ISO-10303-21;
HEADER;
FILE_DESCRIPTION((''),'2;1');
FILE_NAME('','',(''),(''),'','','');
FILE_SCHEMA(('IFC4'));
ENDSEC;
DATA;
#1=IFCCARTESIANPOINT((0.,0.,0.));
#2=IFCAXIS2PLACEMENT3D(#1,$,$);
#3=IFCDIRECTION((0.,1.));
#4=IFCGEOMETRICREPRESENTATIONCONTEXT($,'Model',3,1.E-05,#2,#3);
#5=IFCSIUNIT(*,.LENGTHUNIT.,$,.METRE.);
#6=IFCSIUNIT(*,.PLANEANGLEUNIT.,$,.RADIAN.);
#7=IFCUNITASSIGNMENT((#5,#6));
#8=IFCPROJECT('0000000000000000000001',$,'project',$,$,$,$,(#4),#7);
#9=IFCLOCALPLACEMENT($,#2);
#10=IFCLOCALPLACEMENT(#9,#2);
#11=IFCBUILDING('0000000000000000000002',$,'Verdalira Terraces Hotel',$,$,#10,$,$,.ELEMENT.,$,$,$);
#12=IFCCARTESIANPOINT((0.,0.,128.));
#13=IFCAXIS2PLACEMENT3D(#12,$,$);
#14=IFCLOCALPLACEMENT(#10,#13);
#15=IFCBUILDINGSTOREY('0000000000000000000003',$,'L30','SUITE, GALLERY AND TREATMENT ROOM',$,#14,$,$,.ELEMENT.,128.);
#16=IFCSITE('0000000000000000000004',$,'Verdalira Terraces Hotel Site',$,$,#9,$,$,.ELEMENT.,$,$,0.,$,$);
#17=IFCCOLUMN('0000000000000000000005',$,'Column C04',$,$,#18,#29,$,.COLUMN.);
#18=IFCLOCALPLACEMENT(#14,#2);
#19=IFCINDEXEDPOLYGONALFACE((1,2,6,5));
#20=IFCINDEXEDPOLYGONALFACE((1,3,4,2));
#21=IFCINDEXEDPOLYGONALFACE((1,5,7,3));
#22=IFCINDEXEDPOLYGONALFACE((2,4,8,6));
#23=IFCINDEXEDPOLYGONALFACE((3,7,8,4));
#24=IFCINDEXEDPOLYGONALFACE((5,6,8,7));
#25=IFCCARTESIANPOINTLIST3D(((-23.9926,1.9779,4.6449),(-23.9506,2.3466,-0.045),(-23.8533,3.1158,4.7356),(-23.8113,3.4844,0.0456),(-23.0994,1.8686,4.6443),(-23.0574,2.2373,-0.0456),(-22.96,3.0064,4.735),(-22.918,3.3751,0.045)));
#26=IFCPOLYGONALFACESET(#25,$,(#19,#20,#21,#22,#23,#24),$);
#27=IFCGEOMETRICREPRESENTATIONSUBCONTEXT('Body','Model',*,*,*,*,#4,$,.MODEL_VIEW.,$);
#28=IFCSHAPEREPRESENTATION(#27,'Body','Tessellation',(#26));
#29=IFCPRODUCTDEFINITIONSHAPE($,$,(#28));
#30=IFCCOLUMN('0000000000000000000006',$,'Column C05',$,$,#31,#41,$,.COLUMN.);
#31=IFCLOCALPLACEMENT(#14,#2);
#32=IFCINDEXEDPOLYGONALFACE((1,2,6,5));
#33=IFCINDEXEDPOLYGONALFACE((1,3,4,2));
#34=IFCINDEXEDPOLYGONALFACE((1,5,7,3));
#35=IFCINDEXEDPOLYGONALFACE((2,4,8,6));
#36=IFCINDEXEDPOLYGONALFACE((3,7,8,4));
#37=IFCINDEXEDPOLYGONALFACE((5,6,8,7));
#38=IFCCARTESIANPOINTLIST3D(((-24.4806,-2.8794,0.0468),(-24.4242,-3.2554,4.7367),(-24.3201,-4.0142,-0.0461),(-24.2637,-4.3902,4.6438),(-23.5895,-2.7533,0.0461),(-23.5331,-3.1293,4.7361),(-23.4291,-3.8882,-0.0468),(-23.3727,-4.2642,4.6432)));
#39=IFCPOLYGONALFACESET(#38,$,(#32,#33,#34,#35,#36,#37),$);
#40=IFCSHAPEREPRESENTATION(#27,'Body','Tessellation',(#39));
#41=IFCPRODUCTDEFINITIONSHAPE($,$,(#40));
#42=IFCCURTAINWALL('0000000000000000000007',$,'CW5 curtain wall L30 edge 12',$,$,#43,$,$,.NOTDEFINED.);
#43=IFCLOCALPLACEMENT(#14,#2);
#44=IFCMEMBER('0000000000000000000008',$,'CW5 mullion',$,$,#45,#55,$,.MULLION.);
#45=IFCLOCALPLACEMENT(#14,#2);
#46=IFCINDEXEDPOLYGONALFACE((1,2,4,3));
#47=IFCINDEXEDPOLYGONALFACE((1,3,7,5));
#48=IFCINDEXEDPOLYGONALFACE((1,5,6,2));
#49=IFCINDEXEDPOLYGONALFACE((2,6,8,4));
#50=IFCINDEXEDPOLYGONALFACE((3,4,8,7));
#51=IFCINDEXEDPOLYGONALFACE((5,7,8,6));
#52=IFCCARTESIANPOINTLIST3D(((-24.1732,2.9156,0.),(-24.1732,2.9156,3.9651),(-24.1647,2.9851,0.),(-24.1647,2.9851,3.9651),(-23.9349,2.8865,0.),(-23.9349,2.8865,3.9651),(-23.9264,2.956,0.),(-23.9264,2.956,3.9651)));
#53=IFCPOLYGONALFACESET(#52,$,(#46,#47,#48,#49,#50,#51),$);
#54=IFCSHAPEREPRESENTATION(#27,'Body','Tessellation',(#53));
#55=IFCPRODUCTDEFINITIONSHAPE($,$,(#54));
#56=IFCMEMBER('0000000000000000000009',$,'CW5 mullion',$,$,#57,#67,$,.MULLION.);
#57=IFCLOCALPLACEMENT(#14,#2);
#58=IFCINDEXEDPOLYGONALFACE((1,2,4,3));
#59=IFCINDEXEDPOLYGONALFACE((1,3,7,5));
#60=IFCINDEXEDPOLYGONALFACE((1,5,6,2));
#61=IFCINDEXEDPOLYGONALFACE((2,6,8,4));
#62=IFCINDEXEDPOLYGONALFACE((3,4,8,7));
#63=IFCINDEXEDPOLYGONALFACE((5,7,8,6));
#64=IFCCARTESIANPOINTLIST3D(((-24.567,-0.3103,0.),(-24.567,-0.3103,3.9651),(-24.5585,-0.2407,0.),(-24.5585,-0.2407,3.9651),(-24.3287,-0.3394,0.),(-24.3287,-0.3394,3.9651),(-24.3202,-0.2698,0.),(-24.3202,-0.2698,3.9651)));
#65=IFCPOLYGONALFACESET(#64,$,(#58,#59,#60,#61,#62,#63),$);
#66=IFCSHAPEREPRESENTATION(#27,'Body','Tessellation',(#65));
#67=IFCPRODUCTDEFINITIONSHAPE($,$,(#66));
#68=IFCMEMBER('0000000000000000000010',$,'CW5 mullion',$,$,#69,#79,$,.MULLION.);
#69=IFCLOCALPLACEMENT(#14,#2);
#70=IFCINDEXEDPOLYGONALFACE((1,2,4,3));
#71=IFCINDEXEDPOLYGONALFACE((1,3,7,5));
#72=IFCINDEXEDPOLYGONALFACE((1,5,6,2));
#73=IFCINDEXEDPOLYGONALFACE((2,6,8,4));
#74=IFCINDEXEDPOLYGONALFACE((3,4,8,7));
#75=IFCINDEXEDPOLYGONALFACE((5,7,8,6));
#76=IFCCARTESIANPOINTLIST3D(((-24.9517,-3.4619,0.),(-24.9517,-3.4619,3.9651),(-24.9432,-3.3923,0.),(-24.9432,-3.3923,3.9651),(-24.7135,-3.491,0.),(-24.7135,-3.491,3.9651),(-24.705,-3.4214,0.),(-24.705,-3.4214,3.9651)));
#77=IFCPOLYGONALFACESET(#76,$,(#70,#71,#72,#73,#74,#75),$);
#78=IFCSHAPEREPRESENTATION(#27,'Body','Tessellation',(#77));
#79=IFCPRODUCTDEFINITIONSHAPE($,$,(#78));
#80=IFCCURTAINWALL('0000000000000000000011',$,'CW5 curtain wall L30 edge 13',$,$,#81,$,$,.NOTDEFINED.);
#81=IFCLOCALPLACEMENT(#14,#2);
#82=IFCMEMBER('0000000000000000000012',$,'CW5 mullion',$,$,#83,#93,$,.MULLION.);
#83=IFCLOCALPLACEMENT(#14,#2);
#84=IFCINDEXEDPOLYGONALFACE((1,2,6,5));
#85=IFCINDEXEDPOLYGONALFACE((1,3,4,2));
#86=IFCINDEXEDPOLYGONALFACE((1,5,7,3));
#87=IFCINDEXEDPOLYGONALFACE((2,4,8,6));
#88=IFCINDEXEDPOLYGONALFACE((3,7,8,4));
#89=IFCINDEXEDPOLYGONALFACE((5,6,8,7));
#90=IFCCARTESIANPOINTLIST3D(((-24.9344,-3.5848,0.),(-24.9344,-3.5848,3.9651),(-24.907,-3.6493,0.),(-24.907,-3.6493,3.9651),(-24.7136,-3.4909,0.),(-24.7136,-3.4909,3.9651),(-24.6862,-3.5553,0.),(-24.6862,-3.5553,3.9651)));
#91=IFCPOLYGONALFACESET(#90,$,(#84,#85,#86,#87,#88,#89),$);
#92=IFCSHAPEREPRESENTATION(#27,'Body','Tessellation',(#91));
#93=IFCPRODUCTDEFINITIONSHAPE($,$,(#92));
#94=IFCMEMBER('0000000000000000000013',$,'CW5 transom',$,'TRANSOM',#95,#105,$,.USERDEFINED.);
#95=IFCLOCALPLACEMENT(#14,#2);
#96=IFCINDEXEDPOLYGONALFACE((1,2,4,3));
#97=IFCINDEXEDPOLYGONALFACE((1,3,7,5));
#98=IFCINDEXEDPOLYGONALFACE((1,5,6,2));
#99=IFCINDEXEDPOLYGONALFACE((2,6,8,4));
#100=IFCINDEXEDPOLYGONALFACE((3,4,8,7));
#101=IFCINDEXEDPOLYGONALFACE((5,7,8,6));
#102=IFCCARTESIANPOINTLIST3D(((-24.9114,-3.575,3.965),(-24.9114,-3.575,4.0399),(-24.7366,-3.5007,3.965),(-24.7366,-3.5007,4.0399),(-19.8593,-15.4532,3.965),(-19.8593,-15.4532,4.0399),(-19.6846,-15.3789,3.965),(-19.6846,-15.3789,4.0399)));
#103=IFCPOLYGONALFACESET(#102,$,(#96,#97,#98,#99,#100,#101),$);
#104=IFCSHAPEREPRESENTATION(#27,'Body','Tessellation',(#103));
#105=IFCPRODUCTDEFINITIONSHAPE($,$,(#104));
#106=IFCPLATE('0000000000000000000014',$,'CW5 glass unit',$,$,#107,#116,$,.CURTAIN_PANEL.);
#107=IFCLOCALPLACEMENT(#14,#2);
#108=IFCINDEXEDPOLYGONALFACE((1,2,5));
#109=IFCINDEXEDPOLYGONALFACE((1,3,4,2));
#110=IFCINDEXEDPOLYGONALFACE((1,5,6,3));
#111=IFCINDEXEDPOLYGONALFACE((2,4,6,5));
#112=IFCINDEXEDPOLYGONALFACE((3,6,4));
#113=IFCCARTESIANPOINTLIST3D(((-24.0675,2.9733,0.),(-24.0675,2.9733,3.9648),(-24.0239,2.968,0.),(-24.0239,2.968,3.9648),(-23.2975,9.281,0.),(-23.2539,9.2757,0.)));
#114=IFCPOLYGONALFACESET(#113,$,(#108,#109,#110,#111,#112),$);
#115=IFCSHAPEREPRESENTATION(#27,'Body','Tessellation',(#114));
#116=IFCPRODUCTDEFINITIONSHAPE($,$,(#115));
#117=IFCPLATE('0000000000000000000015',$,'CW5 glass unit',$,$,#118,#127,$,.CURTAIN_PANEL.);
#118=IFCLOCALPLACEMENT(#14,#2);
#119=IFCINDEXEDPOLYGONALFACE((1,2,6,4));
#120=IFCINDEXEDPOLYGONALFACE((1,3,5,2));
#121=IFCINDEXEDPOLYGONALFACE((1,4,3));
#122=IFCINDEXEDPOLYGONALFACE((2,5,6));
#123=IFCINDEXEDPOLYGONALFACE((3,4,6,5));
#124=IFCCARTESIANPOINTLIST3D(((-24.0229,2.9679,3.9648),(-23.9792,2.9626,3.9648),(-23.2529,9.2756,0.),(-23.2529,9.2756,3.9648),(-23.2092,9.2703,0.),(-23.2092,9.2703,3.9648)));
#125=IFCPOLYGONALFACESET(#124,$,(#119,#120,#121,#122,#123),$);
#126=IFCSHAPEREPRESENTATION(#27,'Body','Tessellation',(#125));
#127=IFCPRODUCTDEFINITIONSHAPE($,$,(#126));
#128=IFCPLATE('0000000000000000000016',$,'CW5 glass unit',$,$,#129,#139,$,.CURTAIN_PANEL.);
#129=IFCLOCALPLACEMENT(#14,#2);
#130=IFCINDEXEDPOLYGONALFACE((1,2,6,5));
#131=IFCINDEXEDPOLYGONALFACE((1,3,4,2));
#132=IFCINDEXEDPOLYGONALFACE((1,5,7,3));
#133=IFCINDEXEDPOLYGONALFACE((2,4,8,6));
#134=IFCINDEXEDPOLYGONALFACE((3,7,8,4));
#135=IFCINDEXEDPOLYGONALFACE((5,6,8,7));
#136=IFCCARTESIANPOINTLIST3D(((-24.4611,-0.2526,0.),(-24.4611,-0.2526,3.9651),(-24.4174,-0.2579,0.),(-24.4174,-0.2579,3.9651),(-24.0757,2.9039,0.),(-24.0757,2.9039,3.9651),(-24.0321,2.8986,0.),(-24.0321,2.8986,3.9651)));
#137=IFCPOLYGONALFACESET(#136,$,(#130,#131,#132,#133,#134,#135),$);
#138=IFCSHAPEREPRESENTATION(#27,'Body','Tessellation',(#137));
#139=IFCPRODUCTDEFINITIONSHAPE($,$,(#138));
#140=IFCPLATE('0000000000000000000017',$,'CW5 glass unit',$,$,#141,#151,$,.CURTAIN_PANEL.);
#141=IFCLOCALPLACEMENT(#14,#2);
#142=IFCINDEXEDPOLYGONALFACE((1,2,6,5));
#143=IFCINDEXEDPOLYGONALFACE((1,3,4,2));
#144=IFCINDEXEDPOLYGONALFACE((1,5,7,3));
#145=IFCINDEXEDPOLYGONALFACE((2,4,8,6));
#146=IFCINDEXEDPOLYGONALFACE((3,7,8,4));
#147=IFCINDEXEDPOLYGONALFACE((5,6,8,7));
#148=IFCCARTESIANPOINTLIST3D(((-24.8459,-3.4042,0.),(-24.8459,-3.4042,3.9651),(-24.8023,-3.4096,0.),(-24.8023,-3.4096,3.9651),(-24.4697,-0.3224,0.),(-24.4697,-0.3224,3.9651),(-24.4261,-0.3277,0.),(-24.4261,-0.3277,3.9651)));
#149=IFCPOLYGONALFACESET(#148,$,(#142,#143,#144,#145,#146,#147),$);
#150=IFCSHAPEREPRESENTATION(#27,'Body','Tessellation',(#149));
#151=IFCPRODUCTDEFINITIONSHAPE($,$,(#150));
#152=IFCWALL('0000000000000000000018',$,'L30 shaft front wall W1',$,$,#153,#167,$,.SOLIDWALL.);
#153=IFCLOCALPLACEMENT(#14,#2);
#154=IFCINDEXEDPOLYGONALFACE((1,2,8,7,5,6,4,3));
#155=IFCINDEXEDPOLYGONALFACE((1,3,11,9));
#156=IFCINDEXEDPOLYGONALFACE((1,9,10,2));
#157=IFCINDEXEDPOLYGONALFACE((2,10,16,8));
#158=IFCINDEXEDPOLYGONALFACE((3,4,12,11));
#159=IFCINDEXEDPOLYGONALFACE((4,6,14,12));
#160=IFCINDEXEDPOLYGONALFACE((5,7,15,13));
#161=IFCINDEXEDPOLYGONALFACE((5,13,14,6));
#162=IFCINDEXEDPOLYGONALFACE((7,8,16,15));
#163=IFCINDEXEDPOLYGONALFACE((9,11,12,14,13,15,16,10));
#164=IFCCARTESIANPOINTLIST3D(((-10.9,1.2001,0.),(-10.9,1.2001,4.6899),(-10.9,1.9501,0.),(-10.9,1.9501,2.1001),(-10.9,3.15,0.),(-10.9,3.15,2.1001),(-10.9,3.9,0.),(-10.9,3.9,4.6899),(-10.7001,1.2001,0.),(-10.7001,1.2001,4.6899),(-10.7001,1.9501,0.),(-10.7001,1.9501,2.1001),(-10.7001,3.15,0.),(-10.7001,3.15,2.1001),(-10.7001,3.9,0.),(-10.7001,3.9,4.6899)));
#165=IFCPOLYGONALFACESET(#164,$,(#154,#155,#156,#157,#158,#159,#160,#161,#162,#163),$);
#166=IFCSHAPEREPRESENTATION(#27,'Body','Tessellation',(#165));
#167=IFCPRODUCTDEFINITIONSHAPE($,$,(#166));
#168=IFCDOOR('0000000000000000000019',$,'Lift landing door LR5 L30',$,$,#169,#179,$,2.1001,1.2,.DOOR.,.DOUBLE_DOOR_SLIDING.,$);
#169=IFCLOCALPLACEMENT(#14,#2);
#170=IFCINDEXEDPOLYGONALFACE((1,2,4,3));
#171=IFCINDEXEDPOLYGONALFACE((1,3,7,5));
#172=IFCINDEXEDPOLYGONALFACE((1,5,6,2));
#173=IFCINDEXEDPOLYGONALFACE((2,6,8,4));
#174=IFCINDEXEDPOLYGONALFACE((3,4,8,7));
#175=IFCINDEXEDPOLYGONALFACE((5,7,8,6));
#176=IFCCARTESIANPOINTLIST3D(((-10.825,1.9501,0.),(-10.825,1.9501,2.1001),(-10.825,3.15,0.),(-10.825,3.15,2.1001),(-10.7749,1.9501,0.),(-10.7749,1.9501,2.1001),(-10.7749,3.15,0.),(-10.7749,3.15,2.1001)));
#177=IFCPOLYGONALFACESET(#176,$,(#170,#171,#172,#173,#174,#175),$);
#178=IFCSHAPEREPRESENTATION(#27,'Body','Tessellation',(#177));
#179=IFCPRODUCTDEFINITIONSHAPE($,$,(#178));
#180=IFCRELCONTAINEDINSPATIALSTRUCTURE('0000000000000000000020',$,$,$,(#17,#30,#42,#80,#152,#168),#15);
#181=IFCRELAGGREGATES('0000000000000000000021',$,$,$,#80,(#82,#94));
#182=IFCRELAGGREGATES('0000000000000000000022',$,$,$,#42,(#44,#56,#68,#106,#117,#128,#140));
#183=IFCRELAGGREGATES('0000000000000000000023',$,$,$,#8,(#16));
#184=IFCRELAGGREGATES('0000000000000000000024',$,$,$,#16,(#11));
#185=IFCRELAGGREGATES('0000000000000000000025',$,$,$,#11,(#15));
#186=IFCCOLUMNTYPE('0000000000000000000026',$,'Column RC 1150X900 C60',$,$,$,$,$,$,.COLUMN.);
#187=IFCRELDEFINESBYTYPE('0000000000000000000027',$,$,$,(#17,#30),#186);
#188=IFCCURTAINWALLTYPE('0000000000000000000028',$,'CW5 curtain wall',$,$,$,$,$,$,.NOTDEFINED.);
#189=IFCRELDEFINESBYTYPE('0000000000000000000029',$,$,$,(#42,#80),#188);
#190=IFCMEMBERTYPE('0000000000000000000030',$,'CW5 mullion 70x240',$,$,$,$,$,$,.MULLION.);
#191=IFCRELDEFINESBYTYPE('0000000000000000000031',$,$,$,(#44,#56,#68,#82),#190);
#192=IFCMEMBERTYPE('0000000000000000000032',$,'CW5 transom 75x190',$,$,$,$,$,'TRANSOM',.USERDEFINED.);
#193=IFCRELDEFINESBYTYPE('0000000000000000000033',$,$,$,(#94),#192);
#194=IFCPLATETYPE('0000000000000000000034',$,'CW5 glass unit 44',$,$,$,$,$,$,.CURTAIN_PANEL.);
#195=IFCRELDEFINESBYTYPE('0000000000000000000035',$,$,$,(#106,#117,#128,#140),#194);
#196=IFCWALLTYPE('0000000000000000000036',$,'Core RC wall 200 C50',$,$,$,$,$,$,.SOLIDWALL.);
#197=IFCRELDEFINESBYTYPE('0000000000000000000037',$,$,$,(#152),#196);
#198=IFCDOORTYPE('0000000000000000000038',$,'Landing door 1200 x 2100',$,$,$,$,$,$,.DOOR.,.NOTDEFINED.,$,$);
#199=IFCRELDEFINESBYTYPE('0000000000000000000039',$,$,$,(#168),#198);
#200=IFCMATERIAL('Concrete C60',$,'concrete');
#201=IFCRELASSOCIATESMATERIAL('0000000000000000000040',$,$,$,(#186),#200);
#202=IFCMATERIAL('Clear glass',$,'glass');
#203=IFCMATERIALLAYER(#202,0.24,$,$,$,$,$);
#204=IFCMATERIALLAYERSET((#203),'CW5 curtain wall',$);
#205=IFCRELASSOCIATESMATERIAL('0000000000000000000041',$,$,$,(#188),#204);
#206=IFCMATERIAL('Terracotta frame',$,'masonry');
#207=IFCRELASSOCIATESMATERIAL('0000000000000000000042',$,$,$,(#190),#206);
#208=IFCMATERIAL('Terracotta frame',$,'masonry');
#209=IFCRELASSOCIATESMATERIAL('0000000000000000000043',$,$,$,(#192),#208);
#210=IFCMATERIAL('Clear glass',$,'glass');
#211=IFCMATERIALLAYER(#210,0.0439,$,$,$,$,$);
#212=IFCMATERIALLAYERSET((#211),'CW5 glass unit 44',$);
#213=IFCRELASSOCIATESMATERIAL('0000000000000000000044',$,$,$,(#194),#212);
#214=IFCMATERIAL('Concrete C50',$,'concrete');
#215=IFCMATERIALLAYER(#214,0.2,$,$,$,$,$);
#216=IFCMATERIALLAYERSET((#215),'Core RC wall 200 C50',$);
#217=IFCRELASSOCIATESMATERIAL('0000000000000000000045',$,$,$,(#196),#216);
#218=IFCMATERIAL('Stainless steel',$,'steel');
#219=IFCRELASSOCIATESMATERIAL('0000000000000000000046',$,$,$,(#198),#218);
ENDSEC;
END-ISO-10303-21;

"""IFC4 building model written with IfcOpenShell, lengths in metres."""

from ifc_helpers import new_model, si_unit, direction, frame, frame_2d, origin, origin_2d, place, context, subcontext, project, spatial, polyline, rectangle, outline, extrude, material, layer, layer_set, material_profile, profile_set, type_object, element, fill, aggregate, save


model = new_model("IFC4")

# Units and contexts
model_context = context("Model", 3, precision=1e-05, world=origin(), true_north=direction((0.0, 1.0)))
body_context = subcontext(model_context, "Body", "Model", "MODEL_VIEW")
ifc_project = project(units=[si_unit("LENGTHUNIT", "METRE"), si_unit("PLANEANGLEUNIT", "RADIAN")], contexts=[model_context])

# Site, building, storey
site_placement = place(None, origin())
site = spatial("IfcSite", under=ifc_project, at=site_placement, Name="Verdalira Terraces Hotel Site", CompositionType="ELEMENT", RefElevation=0.0)
building_placement = place(site_placement, origin())
building = spatial("IfcBuilding", under=site, at=building_placement, Name="Verdalira Terraces Hotel", CompositionType="ELEMENT")
storey_placement = place(building_placement, frame((0.0, 0.0, 128.0)))
storey = spatial("IfcBuildingStorey", under=building, at=storey_placement, Name="L30", Description="SUITE, GALLERY AND TREATMENT ROOM", CompositionType="ELEMENT", Elevation=128.0)

# Columns
ifc_material_1 = material(Name="Concrete C60", Category="concrete")
ifc_material_profile_1 = material_profile(ifc_material_1, rectangle(XDim=1.1499, YDim=0.8999, at=origin_2d()), Name="RC 1150X900")
ifc_profile_set_1 = profile_set([ifc_material_profile_1], Name="Concrete C60")
column_type = type_object("IfcColumnType", Name="Column RC 1150X900 C60", PredefinedType="COLUMN", material=ifc_profile_set_1)
column_1_placement = place(storey_placement, frame((-23.4343, 2.8608, 0.0), z_axis=(-0.008926, -0.07836, 0.996885), x_axis=(-0.121169, -0.989494, -0.078864)))
element("IfcColumn", 1, at=column_1_placement, inside=storey, type_object=column_type, Name="Column C04", PredefinedType="COLUMN", context=body_context, shape_type="SweptSolid", body=[
    extrude(rectangle(XDim=1.1499, YDim=0.8999, at=origin_2d()), origin(), (0.0, 0.0, 1.0), 4.7046),
])
column_2_placement = place(storey_placement, frame((-23.9548, -3.3838, 0.0), z_axis=(0.011986, -0.079904, 0.99673), x_axis=(-0.139538, 0.986915, 0.080796)))
element("IfcColumn", 2, at=column_2_placement, inside=storey, type_object=column_type, Name="Column C05", PredefinedType="COLUMN", context=body_context, shape_type="SweptSolid", body=[
    extrude(rectangle(XDim=1.1499, YDim=0.8999, at=origin_2d()), origin(), (0.0, 0.0, 1.0), 4.7053),
])

# Curtain walls, members
ifc_material_2 = material(Name="Clear glass", Category="glass")
ifc_layer_1 = layer(ifc_material_2, 0.24)
ifc_layer_set_1 = layer_set([ifc_layer_1], Name="CW5 curtain wall")
curtain_wall_type = type_object("IfcCurtainWallType", Name="CW5 curtain wall", PredefinedType="NOTDEFINED", material=ifc_layer_set_1)
curtain_wall_1_placement = place(storey_placement, origin())
curtain_wall_1 = element("IfcCurtainWall", 3, at=curtain_wall_1_placement, inside=storey, type_object=curtain_wall_type, Name="CW5 curtain wall L30 edge 12", PredefinedType="NOTDEFINED")
ifc_material_3 = material(Name="Terracotta frame", Category="masonry")
ifc_material_profile_2 = material_profile(ifc_material_3, rectangle(XDim=0.0701, YDim=0.24, at=origin_2d()), Name="MU 70x240")
ifc_profile_set_2 = profile_set([ifc_material_profile_2], Name="Terracotta frame")
member_type_1 = type_object("IfcMemberType", Name="CW5 mullion 70x240", PredefinedType="MULLION", material=ifc_profile_set_2)
member_1_placement = place(storey_placement, frame((-24.0498, 2.9358, 0.0), z_axis=(0.0, 0.0, 1.0), x_axis=(-0.121176, -0.992631, 0.0)))
member_1 = element("IfcMember", 4, at=member_1_placement, type_object=member_type_1, Name="CW5 mullion", PredefinedType="MULLION", context=body_context, shape_type="SweptSolid", body=[
    extrude(rectangle(XDim=0.0701, YDim=0.24, at=origin_2d()), origin(), (0.0, 0.0, 1.0), 3.9651),
])
member_2_placement = place(storey_placement, frame((-24.4436, -0.29, 0.0), z_axis=(0.0, 0.0, 1.0), x_axis=(-0.121176, -0.992631, 0.0)))
member_2 = element("IfcMember", 5, at=member_2_placement, type_object=member_type_1, Name="CW5 mullion", PredefinedType="MULLION", context=body_context, shape_type="SweptSolid", body=[
    extrude(rectangle(XDim=0.0701, YDim=0.24, at=origin_2d()), origin(), (0.0, 0.0, 1.0), 3.9651),
])
member_3_placement = place(storey_placement, frame((-24.8284, -3.4417, 0.0), z_axis=(0.0, 0.0, 1.0), x_axis=(-0.121176, -0.992631, 0.0)))
member_3 = element("IfcMember", 6, at=member_3_placement, type_object=member_type_1, Name="CW5 mullion", PredefinedType="MULLION", context=body_context, shape_type="SweptSolid", body=[
    extrude(rectangle(XDim=0.0701, YDim=0.24, at=origin_2d()), origin(), (0.0, 0.0, 1.0), 3.9651),
])
curtain_wall_2_placement = place(storey_placement, origin())
curtain_wall_2 = element("IfcCurtainWall", 7, at=curtain_wall_2_placement, inside=storey, type_object=curtain_wall_type, Name="CW5 curtain wall L30 edge 13", PredefinedType="NOTDEFINED")
member_4_placement = place(storey_placement, frame((-24.8103, -3.5701, 0.0), z_axis=(0.0, 0.0, 1.0), x_axis=(0.391374, -0.920232, 0.0)))
member_4 = element("IfcMember", 8, at=member_4_placement, type_object=member_type_1, Name="CW5 mullion", PredefinedType="MULLION", context=body_context, shape_type="SweptSolid", body=[
    extrude(rectangle(XDim=0.0701, YDim=0.24, at=origin_2d()), origin(), (0.0, 0.0, 1.0), 3.9651),
])
ifc_material_4 = material(Name="Terracotta frame", Category="masonry")
ifc_material_profile_3 = material_profile(ifc_material_4, rectangle(XDim=0.1899, YDim=0.075, at=origin_2d()), Name="TR 75x190")
ifc_profile_set_3 = profile_set([ifc_material_profile_3], Name="Terracotta frame")
member_type_2 = type_object("IfcMemberType", Name="CW5 transom 75x190", ElementType="TRANSOM", PredefinedType="USERDEFINED", material=ifc_profile_set_3)
member_5_placement = place(storey_placement, frame((-24.824, -3.5378, 4.0024), z_axis=(0.391389, -0.920226, 0.0), x_axis=(0.920226, 0.391389, 0.0)))
member_5 = element("IfcMember", 9, at=member_5_placement, type_object=member_type_2, Name="CW5 transom", ObjectType="TRANSOM", PredefinedType="USERDEFINED", context=body_context, shape_type="SweptSolid", body=[
    extrude(rectangle(XDim=0.1899, YDim=0.075, at=origin_2d()), origin(), (0.0, 0.0, 1.0), 12.908),
])
aggregate(curtain_wall_2, [member_4, member_5])

# Plates
ifc_material_5 = material(Name="Clear glass", Category="glass")
ifc_layer_2 = layer(ifc_material_5, 0.0439)
ifc_layer_set_2 = layer_set([ifc_layer_2], Name="CW5 glass unit 44")
plate_type = type_object("IfcPlateType", Name="CW5 glass unit 44", PredefinedType="CURTAIN_PANEL", material=ifc_layer_set_2)
plate_1_placement = place(storey_placement, frame((-23.6389, 6.1218, 1.9824), z_axis=(-0.992631, 0.121176, 0.0), x_axis=(-0.121176, -0.992631, 0.0)))
plate_1 = element("IfcPlate", 10, at=plate_1_placement, type_object=plate_type, Name="CW5 glass unit", PredefinedType="CURTAIN_PANEL", context=body_context, shape_type="SweptSolid", body=[
    extrude(outline(polyline([(-3.1772, -1.9824), (3.1772, -1.9824), (3.1772, 1.9824), (-3.1772, -1.9824)])), origin(), (0.0, 0.0, 1.0), 0.0439),
])
plate_2_placement = place(storey_placement, frame((-23.5942, 6.1165, 1.9824), z_axis=(-0.992631, 0.121176, 0.0), x_axis=(-0.121176, -0.992631, 0.0)))
plate_2 = element("IfcPlate", 11, at=plate_2_placement, type_object=plate_type, Name="CW5 glass unit", PredefinedType="CURTAIN_PANEL", context=body_context, shape_type="SweptSolid", body=[
    extrude(outline(polyline([(-3.1772, -1.9824), (3.1772, 1.9824), (-3.1772, 1.9824), (-3.1772, -1.9824)])), origin(), (0.0, 0.0, 1.0), 0.0439),
])
plate_3_placement = place(storey_placement, frame((-24.2466, 1.323, 0.0), z_axis=(0.0, 0.0, 1.0), x_axis=(-0.121176, -0.992631, 0.0)))
plate_3 = element("IfcPlate", 12, at=plate_3_placement, type_object=plate_type, Name="CW5 glass unit", PredefinedType="CURTAIN_PANEL", context=body_context, shape_type="SweptSolid", body=[
    extrude(rectangle(XDim=3.1799, YDim=0.0439, at=origin_2d()), origin(), (0.0, 0.0, 1.0), 3.9651),
])
plate_4_placement = place(storey_placement, frame((-24.636, -1.866, 0.0), z_axis=(0.0, 0.0, 1.0), x_axis=(-0.121176, -0.992631, 0.0)))
plate_4 = element("IfcPlate", 13, at=plate_4_placement, type_object=plate_type, Name="CW5 glass unit", PredefinedType="CURTAIN_PANEL", context=body_context, shape_type="SweptSolid", body=[
    extrude(rectangle(XDim=3.1047, YDim=0.0439, at=origin_2d()), origin(), (0.0, 0.0, 1.0), 3.9651),
])
aggregate(curtain_wall_1, [member_1, member_2, member_3, plate_1, plate_2, plate_3, plate_4])

# Wall, opening, door
ifc_material_6 = material(Name="Concrete C50", Category="concrete")
ifc_layer_3 = layer(ifc_material_6, 0.2)
ifc_layer_set_3 = layer_set([ifc_layer_3], Name="Core RC wall 200 C50")
wall_type_1 = type_object("IfcWallType", Name="Core RC wall 200 C50", PredefinedType="SOLIDWALL", material=ifc_layer_set_3)
wall_1_placement = place(storey_placement, frame((-10.8, 1.2, 0.0), z_axis=(0.0, 0.0, 1.0), x_axis=(0.0, 1.0, 0.0)))
wall_1 = element("IfcWall", 14, at=wall_1_placement, inside=storey, type_object=wall_type_1, Name="L30 shaft front wall W1", PredefinedType="SOLIDWALL", context=body_context, shape_type="SweptSolid", body=[
    extrude(rectangle(XDim=2.7, YDim=0.2, at=frame_2d((1.3501, 0.0))), origin(), (0.0, 0.0, 1.0), 4.6899),
])
opening_1_placement = place(wall_1_placement, frame((0.75, 0.0, 0.0)))
opening_1 = element("IfcOpeningElement", 15, at=opening_1_placement, cuts=wall_1, PredefinedType="OPENING", context=body_context, shape_type="SweptSolid", body=[
    extrude(rectangle(XDim=1.2, YDim=2.1001, at=frame_2d((0.6001, 1.05))), frame((0.0, 0.1099, 0.0), z_axis=(0.0, -1.0, 0.0), x_axis=(1.0, 0.0, 0.0)), (0.0, 0.0, 1.0), 0.22),
])
ifc_material_7 = material(Name="Stainless steel", Category="steel")
door_type_1 = type_object("IfcDoorType", Name="Landing door 1200 x 2100", OperationType="NOTDEFINED", PredefinedType="DOOR", material=ifc_material_7)
door_1_placement = place(opening_1_placement, origin())
door_1 = element("IfcDoor", 16, at=door_1_placement, inside=storey, type_object=door_type_1, Name="Lift landing door LR5 L30", OperationType="DOUBLE_DOOR_SLIDING", OverallHeight=2.1001, OverallWidth=1.2, PredefinedType="DOOR", context=body_context, shape_type="SweptSolid", body=[
    extrude(rectangle(XDim=1.2, YDim=2.1001, at=frame_2d((0.6001, 1.05))), frame((0.0, 0.0249, 0.0), z_axis=(0.0, -1.0, 0.0), x_axis=(1.0, 0.0, 0.0)), (0.0, 0.0, 1.0), 0.05),
])
fill(opening_1, door_1)

save(model, "model.ifc")
